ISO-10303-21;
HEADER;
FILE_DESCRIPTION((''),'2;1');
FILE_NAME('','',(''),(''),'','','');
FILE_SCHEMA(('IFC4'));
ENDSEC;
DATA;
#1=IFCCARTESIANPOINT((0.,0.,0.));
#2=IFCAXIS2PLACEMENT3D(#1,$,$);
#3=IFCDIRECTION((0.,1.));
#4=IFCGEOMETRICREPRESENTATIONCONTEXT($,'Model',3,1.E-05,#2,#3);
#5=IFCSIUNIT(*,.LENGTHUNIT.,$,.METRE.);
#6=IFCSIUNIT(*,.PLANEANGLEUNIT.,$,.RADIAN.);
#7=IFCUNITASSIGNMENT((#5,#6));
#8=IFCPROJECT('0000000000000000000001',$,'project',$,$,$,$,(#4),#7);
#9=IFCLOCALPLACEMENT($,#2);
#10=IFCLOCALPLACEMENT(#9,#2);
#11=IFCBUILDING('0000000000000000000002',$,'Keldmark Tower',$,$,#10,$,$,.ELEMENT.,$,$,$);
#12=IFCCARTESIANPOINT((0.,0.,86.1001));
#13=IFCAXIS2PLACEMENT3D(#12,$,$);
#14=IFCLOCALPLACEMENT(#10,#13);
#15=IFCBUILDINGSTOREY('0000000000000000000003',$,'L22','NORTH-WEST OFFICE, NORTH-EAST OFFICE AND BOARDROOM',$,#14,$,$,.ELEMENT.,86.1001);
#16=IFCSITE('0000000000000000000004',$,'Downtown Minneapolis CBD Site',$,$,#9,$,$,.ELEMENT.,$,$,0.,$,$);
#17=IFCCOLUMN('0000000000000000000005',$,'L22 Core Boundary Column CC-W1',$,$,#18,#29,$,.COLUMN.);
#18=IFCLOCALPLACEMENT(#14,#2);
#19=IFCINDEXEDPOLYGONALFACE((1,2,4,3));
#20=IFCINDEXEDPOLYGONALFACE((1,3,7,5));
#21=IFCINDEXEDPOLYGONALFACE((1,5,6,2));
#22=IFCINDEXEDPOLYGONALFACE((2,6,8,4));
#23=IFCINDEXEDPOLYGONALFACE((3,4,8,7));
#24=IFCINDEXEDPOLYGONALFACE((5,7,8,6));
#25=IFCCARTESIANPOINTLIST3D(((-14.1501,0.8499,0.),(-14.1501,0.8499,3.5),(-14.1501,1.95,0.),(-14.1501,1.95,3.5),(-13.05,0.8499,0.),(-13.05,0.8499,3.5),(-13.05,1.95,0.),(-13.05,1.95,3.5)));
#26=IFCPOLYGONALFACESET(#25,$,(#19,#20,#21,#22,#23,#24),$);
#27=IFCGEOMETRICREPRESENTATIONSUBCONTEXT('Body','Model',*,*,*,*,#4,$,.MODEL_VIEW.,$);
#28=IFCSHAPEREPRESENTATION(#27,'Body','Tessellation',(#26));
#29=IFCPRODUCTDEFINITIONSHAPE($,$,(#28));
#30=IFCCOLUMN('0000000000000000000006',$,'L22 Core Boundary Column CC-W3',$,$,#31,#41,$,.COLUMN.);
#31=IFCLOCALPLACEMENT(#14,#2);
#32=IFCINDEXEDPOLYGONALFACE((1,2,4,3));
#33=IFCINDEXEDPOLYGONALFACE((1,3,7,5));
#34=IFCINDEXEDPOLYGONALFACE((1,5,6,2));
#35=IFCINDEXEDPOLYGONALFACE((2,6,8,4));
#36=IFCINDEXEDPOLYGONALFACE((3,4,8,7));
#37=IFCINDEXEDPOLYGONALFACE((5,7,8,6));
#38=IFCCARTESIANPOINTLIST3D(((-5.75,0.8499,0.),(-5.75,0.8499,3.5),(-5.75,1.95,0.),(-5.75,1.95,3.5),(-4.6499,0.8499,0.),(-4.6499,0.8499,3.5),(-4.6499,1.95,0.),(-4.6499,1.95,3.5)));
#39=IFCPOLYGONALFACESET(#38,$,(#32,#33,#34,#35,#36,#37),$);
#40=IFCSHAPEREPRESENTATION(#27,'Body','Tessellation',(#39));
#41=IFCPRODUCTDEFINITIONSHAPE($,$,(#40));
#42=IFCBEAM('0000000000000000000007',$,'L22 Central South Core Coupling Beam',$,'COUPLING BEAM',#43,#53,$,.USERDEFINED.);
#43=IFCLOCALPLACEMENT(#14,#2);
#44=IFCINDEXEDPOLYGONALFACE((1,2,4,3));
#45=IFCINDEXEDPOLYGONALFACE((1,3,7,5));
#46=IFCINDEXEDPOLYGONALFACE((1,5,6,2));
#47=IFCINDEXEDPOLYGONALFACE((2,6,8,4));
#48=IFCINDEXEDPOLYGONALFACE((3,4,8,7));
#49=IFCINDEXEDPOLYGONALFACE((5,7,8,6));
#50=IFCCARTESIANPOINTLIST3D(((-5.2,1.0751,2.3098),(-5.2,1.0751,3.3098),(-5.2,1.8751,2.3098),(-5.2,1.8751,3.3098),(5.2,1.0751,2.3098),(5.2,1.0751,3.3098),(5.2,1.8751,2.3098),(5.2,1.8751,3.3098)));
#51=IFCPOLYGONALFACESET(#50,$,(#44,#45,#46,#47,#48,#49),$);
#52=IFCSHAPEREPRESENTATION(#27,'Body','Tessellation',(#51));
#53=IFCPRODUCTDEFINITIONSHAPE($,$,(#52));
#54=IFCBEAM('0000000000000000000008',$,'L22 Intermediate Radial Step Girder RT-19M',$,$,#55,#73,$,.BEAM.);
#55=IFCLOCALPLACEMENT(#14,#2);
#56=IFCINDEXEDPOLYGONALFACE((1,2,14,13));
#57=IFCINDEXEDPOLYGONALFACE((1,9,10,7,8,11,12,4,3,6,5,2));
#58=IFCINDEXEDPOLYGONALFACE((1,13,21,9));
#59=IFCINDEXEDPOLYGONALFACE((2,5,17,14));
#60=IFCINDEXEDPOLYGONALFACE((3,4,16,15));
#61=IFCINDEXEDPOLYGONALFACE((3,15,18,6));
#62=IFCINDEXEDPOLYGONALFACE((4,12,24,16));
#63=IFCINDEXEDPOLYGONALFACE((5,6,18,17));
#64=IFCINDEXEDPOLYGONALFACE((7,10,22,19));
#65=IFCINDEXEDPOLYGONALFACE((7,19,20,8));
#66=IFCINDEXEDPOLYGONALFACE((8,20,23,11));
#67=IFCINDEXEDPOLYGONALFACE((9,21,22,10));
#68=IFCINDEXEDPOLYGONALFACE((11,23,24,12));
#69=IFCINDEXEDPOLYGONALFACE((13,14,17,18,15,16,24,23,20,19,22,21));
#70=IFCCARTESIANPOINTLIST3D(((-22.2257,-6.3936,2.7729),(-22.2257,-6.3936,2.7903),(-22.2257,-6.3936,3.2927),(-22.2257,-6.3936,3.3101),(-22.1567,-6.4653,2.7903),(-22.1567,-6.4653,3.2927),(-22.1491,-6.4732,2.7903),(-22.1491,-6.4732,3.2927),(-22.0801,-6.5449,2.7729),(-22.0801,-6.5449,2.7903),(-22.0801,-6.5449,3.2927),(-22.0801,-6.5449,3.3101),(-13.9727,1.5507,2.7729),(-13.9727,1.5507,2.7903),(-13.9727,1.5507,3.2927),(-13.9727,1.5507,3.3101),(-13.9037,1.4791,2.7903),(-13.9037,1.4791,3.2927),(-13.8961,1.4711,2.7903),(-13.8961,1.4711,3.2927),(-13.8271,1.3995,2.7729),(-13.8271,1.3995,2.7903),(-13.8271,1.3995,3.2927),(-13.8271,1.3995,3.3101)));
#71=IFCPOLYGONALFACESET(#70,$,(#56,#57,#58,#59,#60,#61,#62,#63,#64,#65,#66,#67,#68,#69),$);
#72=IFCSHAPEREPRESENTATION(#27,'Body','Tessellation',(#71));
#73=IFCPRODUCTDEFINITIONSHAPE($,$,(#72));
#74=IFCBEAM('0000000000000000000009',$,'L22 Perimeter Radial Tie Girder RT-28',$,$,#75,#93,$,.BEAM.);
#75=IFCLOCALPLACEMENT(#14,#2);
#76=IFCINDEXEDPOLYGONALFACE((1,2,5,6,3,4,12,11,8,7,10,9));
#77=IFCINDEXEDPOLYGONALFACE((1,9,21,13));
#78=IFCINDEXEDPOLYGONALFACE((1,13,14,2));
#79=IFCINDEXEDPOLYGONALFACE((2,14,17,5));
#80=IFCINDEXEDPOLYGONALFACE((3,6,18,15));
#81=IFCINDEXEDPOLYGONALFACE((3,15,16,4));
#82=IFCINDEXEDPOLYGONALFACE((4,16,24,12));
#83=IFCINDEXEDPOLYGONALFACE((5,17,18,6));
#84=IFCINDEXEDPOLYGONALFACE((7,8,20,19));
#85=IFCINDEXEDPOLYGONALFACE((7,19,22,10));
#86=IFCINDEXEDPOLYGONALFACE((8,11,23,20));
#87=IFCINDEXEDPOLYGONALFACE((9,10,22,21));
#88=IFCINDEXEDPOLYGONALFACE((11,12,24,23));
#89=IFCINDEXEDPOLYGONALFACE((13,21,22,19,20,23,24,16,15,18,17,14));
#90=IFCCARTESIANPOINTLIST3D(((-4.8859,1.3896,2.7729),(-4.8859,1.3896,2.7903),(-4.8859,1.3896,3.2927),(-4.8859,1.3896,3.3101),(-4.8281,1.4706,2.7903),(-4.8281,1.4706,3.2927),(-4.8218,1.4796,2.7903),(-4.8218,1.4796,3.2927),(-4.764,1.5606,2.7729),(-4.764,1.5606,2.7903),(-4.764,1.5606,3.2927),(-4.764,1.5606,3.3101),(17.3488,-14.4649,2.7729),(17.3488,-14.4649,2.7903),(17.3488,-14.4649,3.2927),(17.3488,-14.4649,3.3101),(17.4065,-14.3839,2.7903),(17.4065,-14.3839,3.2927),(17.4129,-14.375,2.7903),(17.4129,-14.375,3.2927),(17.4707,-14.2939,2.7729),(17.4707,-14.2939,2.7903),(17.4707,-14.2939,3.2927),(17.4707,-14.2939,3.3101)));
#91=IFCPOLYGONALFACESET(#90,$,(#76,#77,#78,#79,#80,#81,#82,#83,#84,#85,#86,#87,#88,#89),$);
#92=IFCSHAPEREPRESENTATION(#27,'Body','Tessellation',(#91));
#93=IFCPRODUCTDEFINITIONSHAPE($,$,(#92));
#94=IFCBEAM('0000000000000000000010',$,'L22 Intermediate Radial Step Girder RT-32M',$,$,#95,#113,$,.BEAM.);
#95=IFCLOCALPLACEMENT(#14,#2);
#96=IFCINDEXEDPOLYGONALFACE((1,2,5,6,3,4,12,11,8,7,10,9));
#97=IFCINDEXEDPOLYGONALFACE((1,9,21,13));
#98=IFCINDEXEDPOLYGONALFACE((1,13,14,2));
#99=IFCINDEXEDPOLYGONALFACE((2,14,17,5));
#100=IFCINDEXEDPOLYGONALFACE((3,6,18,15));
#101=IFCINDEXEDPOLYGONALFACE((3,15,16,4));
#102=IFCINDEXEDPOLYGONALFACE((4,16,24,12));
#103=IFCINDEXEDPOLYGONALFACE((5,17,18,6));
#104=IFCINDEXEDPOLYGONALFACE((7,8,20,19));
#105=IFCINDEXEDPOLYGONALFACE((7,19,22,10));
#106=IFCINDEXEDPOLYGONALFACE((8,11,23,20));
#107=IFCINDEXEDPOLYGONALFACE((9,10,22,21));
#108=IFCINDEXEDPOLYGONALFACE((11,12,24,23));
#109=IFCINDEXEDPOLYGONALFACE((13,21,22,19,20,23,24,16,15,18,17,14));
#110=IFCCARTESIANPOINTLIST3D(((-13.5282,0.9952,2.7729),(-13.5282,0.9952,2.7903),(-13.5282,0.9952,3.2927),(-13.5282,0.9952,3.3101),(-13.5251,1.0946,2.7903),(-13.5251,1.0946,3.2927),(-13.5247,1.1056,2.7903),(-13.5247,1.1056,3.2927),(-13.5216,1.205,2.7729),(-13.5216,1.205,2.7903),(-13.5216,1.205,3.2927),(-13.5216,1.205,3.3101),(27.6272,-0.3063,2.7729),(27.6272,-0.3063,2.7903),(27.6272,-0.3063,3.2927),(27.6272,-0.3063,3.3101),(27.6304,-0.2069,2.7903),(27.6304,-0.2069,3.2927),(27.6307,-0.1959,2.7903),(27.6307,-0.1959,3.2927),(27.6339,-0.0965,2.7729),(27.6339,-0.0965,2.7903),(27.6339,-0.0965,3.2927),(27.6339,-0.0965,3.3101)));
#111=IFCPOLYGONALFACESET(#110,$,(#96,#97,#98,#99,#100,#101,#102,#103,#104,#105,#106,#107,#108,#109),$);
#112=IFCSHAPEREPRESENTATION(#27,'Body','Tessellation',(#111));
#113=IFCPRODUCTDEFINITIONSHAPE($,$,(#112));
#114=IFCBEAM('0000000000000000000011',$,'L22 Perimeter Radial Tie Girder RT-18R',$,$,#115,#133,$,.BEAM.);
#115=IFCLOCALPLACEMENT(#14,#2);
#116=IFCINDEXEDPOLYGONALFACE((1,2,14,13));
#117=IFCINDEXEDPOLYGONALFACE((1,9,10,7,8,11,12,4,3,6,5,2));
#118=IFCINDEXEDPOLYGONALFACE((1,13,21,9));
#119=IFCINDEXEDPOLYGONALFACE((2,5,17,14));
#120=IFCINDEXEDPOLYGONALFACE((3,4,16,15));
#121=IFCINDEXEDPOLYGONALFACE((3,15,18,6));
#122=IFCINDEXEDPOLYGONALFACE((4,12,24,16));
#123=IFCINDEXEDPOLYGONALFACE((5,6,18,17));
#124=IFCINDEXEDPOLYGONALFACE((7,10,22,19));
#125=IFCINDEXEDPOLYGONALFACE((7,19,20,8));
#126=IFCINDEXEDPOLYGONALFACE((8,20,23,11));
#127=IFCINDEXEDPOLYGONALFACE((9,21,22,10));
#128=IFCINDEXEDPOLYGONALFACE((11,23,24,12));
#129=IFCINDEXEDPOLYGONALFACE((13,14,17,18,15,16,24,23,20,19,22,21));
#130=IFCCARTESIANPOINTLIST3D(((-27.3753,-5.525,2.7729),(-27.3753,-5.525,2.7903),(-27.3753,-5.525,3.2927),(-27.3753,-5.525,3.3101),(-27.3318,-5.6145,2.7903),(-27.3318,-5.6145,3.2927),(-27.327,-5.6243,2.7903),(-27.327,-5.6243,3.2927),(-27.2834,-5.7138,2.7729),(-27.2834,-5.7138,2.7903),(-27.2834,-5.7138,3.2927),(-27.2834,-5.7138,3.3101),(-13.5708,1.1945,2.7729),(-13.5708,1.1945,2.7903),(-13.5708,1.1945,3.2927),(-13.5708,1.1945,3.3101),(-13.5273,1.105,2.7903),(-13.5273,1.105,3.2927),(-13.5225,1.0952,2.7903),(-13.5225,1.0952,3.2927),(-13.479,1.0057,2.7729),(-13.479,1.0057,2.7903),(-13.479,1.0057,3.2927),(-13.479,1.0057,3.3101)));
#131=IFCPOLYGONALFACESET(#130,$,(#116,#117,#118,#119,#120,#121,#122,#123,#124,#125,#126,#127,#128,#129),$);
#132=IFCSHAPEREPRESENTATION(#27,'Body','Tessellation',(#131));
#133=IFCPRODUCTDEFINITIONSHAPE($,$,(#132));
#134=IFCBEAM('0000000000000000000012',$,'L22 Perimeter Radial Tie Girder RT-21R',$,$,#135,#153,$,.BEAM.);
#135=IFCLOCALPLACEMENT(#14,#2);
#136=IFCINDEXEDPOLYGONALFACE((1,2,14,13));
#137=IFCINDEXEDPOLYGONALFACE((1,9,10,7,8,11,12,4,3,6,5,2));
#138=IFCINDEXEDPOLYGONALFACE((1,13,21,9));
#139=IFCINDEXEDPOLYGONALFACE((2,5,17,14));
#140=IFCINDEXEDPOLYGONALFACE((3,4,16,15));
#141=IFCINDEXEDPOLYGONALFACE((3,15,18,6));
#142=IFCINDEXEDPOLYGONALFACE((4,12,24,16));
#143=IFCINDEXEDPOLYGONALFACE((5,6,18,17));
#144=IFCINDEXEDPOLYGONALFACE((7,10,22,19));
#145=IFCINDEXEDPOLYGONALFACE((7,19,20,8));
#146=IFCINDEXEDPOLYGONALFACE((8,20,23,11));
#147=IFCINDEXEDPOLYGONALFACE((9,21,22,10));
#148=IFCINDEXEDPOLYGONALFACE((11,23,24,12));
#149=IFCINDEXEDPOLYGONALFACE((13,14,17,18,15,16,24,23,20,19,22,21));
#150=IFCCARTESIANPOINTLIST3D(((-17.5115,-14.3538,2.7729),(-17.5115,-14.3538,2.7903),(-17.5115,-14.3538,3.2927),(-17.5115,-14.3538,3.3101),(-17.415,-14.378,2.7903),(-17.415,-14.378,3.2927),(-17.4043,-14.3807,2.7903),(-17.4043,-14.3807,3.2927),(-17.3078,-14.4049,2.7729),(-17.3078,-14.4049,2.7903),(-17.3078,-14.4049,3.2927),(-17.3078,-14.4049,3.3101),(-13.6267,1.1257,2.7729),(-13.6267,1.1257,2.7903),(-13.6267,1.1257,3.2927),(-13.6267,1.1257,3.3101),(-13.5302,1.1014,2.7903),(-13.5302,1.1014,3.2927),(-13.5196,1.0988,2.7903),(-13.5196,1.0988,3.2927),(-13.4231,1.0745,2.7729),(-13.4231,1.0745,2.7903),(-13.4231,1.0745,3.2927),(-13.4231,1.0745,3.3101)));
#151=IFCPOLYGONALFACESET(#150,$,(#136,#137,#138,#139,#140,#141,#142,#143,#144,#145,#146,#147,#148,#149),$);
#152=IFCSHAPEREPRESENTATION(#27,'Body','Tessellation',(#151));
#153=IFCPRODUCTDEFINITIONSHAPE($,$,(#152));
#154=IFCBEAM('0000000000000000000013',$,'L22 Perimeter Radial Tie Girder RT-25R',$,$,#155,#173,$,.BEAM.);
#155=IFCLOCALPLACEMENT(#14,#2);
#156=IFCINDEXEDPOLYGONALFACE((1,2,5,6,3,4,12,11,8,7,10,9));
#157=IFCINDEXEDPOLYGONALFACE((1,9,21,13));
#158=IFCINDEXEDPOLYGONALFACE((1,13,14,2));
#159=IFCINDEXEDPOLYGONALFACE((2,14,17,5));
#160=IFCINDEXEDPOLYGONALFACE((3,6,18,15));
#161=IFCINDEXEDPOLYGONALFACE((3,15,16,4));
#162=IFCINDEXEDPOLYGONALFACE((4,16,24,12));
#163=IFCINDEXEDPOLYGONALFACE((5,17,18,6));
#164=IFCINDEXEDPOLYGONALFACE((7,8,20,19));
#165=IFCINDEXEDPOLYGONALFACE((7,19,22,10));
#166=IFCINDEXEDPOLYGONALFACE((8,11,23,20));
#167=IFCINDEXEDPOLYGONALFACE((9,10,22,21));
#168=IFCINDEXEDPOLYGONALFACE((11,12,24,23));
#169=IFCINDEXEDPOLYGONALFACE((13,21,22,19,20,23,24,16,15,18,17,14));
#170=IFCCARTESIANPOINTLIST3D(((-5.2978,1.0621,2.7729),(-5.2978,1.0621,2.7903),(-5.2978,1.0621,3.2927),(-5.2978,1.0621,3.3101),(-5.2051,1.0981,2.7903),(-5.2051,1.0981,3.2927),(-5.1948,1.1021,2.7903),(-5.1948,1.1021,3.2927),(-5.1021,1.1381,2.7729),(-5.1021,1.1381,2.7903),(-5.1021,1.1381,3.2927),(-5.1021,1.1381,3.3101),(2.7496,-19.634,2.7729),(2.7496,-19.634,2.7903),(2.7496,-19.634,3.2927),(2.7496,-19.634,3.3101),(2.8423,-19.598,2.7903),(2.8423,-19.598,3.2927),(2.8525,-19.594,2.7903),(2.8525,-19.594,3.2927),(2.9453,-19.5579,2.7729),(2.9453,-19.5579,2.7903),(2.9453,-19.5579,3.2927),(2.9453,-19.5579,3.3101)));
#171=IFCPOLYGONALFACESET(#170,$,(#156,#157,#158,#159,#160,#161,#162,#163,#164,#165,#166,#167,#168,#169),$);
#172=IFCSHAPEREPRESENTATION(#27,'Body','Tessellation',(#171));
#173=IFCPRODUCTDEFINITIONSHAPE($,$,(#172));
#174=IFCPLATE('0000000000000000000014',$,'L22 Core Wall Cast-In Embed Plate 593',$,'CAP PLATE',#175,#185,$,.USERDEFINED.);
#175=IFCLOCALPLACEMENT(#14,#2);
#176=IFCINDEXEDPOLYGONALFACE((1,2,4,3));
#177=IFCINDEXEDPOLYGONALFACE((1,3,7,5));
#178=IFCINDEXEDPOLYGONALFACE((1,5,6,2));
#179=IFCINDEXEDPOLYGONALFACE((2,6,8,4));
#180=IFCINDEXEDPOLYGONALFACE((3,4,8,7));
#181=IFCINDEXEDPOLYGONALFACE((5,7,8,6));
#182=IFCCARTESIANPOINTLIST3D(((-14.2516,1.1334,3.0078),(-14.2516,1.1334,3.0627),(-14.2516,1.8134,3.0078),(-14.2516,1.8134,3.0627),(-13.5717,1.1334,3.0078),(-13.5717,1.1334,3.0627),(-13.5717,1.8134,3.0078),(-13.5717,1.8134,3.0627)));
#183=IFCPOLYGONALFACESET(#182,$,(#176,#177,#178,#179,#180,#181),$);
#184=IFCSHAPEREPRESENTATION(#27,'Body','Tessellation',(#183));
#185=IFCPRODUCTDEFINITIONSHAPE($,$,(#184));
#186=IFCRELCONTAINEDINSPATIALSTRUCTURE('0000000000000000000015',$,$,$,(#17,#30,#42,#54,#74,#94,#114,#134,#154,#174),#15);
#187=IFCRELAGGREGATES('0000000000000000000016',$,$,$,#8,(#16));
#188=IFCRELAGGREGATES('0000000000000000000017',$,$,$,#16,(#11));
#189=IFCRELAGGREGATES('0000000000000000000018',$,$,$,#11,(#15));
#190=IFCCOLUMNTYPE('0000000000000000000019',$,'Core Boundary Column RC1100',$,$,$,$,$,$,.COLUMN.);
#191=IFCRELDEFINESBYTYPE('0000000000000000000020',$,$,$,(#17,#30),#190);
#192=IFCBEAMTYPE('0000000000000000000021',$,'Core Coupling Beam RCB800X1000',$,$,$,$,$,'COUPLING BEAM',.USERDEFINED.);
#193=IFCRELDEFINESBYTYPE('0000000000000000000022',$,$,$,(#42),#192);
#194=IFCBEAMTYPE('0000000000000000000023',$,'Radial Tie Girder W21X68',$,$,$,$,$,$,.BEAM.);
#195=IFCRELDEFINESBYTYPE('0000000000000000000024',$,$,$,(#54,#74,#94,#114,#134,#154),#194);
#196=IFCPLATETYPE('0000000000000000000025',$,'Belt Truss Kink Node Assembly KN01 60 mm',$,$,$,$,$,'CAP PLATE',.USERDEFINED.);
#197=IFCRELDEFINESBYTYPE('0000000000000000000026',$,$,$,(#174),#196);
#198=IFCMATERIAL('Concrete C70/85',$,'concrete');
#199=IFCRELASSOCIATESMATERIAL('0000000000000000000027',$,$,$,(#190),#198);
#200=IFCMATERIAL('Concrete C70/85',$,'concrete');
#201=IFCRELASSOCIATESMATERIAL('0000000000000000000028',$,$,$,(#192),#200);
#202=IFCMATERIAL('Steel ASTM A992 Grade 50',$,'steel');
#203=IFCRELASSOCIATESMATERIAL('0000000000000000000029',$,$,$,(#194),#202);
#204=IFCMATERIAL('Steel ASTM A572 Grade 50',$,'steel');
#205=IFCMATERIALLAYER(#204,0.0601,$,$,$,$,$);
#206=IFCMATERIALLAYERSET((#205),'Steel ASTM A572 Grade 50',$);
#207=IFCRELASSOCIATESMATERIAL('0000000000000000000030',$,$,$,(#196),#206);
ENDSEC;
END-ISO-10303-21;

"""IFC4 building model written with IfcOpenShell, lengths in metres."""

from ifc_helpers import new_model, si_unit, direction, frame, origin, origin_2d, place, context, subcontext, project, spatial, rectangle, i_section, extrude, material, layer, layer_set, material_profile, profile_set, type_object, element, save


model = new_model("IFC4")

# Units and contexts
model_context = context("Model", 3, precision=1e-05, world=origin(), true_north=direction((0.0, 1.0)))
body_context = subcontext(model_context, "Body", "Model", "MODEL_VIEW")
ifc_project = project(units=[si_unit("LENGTHUNIT", "METRE"), si_unit("PLANEANGLEUNIT", "RADIAN")], contexts=[model_context])

# Site, building, storey
site_placement = place(None, origin())
site = spatial("IfcSite", under=ifc_project, at=site_placement, Name="Downtown Minneapolis CBD Site", CompositionType="ELEMENT", RefElevation=0.0)
building_placement = place(site_placement, origin())
building = spatial("IfcBuilding", under=site, at=building_placement, Name="Keldmark Tower", CompositionType="ELEMENT")
storey_placement = place(building_placement, frame((0.0, 0.0, 86.1001)))
storey = spatial("IfcBuildingStorey", under=building, at=storey_placement, Name="L22", Description="NORTH-WEST OFFICE, NORTH-EAST OFFICE AND BOARDROOM", CompositionType="ELEMENT", Elevation=86.1001)

# Columns
ifc_material_1 = material(Name="Concrete C70/85", Category="concrete")
ifc_material_profile_1 = material_profile(ifc_material_1, rectangle(XDim=1.1001, YDim=1.1001, at=origin_2d()), Name="RC1100X1100")
ifc_profile_set_1 = profile_set([ifc_material_profile_1], Name="Concrete C70/85")
column_type = type_object("IfcColumnType", Name="Core Boundary Column RC1100", PredefinedType="COLUMN", material=ifc_profile_set_1)
for number, where, z_axis, x_axis, name in (
    (1, (-13.6001, 1.3999, 0.0), (0.0, 0.0, 1.0), (1.0, 0.0, 0.0), "L22 Core Boundary Column CC-W1"),
    (2, (-5.2, 1.3999, 0.0), (0.0, 0.0, 1.0), (1.0, 0.0, 0.0), "L22 Core Boundary Column CC-W3"),
):
    element("IfcColumn", number, at=place(storey_placement, frame(where, z_axis=z_axis, x_axis=x_axis)), inside=storey, type_object=column_type, Name=name, PredefinedType="COLUMN", context=body_context, shape_type="SweptSolid", body=[
        extrude(rectangle(XDim=1.1001, YDim=1.1001, at=origin_2d()), origin(), (0.0, 0.0, 1.0), 3.5),
    ])

# Beams
ifc_material_2 = material(Name="Concrete C70/85", Category="concrete")
ifc_material_profile_2 = material_profile(ifc_material_2, rectangle(XDim=0.8, YDim=1.0, at=origin_2d()), Name="RCB800X1000")
ifc_profile_set_2 = profile_set([ifc_material_profile_2], Name="Concrete C70/85")
beam_type_1 = type_object("IfcBeamType", Name="Core Coupling Beam RCB800X1000", ElementType="COUPLING BEAM", PredefinedType="USERDEFINED", material=ifc_profile_set_2)
beam_1_placement = place(storey_placement, frame((-5.2, 1.4751, 2.8098), z_axis=(1.0, 0.0, 0.0), x_axis=(0.0, 1.0, 0.0)))
element("IfcBeam", 3, at=beam_1_placement, inside=storey, type_object=beam_type_1, Name="L22 Central South Core Coupling Beam", ObjectType="COUPLING BEAM", PredefinedType="USERDEFINED", context=body_context, shape_type="SweptSolid", body=[
    extrude(rectangle(XDim=0.8, YDim=1.0, at=origin_2d()), origin(), (0.0, 0.0, 1.0), 10.3999),
])
ifc_material_3 = material(Name="Steel ASTM A992 Grade 50", Category="steel")
ifc_material_profile_3 = material_profile(ifc_material_3, i_section(OverallWidth=0.21, OverallDepth=0.5371, WebThickness=0.011, FlangeThickness=0.0173, at=origin_2d()), Name="W21X68")
ifc_profile_set_3 = profile_set([ifc_material_profile_3], Name="Steel ASTM A992 Grade 50")
beam_type_2 = type_object("IfcBeamType", Name="Radial Tie Girder W21X68", PredefinedType="BEAM", material=ifc_profile_set_3)
beam_2_placement = place(storey_placement, frame((-13.8999, 1.4751, 3.0415), z_axis=(-0.720448, -0.693509, 0.0), x_axis=(0.693509, -0.720448, 0.0)))
element("IfcBeam", 4, at=beam_2_placement, inside=storey, type_object=beam_type_2, Name="L22 Intermediate Radial Step Girder RT-19M", PredefinedType="BEAM", context=body_context, shape_type="SweptSolid", body=[
    extrude(i_section(OverallWidth=0.21, OverallDepth=0.5371, WebThickness=0.011, FlangeThickness=0.0173, at=origin_2d()), origin(), (0.0, 0.0, 1.0), 11.4553),
])
beam_3_placement = place(storey_placement, frame((-4.825, 1.4751, 3.0415), z_axis=(0.814207, -0.580574, 0.0), x_axis=(0.580574, 0.814207, 0.0)))
element("IfcBeam", 5, at=beam_3_placement, inside=storey, type_object=beam_type_2, Name="L22 Perimeter Radial Tie Girder RT-28", PredefinedType="BEAM", context=body_context, shape_type="SweptSolid", body=[
    extrude(i_section(OverallWidth=0.21, OverallDepth=0.5371, WebThickness=0.011, FlangeThickness=0.0173, at=origin_2d()), origin(), (0.0, 0.0, 1.0), 27.3083),
])
beam_4_placement = place(storey_placement, frame((-13.5249, 1.1001, 3.0415), z_axis=(0.9995, -0.031608, 0.0), x_axis=(0.031608, 0.9995, 0.0)))
element("IfcBeam", 6, at=beam_4_placement, inside=storey, type_object=beam_type_2, Name="L22 Intermediate Radial Step Girder RT-32M", PredefinedType="BEAM", context=body_context, shape_type="SweptSolid", body=[
    extrude(i_section(OverallWidth=0.21, OverallDepth=0.5371, WebThickness=0.011, FlangeThickness=0.0173, at=origin_2d()), origin(), (0.0, 0.0, 1.0), 41.176),
])
beam_5_placement = place(storey_placement, frame((-13.5249, 1.1001, 3.0415), z_axis=(-0.899138, -0.437666, 0.0), x_axis=(0.437666, -0.899138, 0.0)))
element("IfcBeam", 7, at=beam_5_placement, inside=storey, type_object=beam_type_2, Name="L22 Perimeter Radial Tie Girder RT-18R", PredefinedType="BEAM", context=body_context, shape_type="SweptSolid", body=[
    extrude(i_section(OverallWidth=0.21, OverallDepth=0.5371, WebThickness=0.011, FlangeThickness=0.0173, at=origin_2d()), origin(), (0.0, 0.0, 1.0), 15.353),
])
beam_6_placement = place(storey_placement, frame((-13.5249, 1.1001, 3.0415), z_axis=(-0.243414, -0.969923, 0.0), x_axis=(0.969923, -0.243414, 0.0)))
element("IfcBeam", 8, at=beam_6_placement, inside=storey, type_object=beam_type_2, Name="L22 Perimeter Radial Tie Girder RT-21R", PredefinedType="BEAM", context=body_context, shape_type="SweptSolid", body=[
    extrude(i_section(OverallWidth=0.21, OverallDepth=0.5371, WebThickness=0.011, FlangeThickness=0.0173, at=origin_2d()), origin(), (0.0, 0.0, 1.0), 15.9595),
])
beam_7_placement = place(storey_placement, frame((-5.2, 1.1001, 3.0415), z_axis=(0.362403, -0.932021, 0.0), x_axis=(0.932021, 0.362403, 0.0)))
element("IfcBeam", 9, at=beam_7_placement, inside=storey, type_object=beam_type_2, Name="L22 Perimeter Radial Tie Girder RT-25R", PredefinedType="BEAM", context=body_context, shape_type="SweptSolid", body=[
    extrude(i_section(OverallWidth=0.21, OverallDepth=0.5371, WebThickness=0.011, FlangeThickness=0.0173, at=origin_2d()), origin(), (0.0, 0.0, 1.0), 22.2056),
])

# Plate
ifc_material_4 = material(Name="Steel ASTM A572 Grade 50", Category="steel")
ifc_layer_1 = layer(ifc_material_4, 0.0601)
ifc_layer_set_1 = layer_set([ifc_layer_1], Name="Steel ASTM A572 Grade 50")
plate_type = type_object("IfcPlateType", Name="Belt Truss Kink Node Assembly KN01 60 mm", ElementType="CAP PLATE", PredefinedType="USERDEFINED", material=ifc_layer_set_1)
for number, where, z_axis, x_axis, name in (
    (10, (-13.9116, 1.4734, 3.0078), (0.0, 0.0, 1.0), (1.0, 0.0, 0.0), "L22 Core Wall Cast-In Embed Plate 593"),
):
    element("IfcPlate", number, at=place(storey_placement, frame(where, z_axis=z_axis, x_axis=x_axis)), inside=storey, type_object=plate_type, Name=name, ObjectType="CAP PLATE", PredefinedType="USERDEFINED", context=body_context, shape_type="SweptSolid", body=[
        extrude(rectangle(XDim=0.6799, YDim=0.6799, at=origin_2d()), origin(), (0.0, 0.0, 1.0), 0.0549),
    ])

save(model, "model.ifc")
